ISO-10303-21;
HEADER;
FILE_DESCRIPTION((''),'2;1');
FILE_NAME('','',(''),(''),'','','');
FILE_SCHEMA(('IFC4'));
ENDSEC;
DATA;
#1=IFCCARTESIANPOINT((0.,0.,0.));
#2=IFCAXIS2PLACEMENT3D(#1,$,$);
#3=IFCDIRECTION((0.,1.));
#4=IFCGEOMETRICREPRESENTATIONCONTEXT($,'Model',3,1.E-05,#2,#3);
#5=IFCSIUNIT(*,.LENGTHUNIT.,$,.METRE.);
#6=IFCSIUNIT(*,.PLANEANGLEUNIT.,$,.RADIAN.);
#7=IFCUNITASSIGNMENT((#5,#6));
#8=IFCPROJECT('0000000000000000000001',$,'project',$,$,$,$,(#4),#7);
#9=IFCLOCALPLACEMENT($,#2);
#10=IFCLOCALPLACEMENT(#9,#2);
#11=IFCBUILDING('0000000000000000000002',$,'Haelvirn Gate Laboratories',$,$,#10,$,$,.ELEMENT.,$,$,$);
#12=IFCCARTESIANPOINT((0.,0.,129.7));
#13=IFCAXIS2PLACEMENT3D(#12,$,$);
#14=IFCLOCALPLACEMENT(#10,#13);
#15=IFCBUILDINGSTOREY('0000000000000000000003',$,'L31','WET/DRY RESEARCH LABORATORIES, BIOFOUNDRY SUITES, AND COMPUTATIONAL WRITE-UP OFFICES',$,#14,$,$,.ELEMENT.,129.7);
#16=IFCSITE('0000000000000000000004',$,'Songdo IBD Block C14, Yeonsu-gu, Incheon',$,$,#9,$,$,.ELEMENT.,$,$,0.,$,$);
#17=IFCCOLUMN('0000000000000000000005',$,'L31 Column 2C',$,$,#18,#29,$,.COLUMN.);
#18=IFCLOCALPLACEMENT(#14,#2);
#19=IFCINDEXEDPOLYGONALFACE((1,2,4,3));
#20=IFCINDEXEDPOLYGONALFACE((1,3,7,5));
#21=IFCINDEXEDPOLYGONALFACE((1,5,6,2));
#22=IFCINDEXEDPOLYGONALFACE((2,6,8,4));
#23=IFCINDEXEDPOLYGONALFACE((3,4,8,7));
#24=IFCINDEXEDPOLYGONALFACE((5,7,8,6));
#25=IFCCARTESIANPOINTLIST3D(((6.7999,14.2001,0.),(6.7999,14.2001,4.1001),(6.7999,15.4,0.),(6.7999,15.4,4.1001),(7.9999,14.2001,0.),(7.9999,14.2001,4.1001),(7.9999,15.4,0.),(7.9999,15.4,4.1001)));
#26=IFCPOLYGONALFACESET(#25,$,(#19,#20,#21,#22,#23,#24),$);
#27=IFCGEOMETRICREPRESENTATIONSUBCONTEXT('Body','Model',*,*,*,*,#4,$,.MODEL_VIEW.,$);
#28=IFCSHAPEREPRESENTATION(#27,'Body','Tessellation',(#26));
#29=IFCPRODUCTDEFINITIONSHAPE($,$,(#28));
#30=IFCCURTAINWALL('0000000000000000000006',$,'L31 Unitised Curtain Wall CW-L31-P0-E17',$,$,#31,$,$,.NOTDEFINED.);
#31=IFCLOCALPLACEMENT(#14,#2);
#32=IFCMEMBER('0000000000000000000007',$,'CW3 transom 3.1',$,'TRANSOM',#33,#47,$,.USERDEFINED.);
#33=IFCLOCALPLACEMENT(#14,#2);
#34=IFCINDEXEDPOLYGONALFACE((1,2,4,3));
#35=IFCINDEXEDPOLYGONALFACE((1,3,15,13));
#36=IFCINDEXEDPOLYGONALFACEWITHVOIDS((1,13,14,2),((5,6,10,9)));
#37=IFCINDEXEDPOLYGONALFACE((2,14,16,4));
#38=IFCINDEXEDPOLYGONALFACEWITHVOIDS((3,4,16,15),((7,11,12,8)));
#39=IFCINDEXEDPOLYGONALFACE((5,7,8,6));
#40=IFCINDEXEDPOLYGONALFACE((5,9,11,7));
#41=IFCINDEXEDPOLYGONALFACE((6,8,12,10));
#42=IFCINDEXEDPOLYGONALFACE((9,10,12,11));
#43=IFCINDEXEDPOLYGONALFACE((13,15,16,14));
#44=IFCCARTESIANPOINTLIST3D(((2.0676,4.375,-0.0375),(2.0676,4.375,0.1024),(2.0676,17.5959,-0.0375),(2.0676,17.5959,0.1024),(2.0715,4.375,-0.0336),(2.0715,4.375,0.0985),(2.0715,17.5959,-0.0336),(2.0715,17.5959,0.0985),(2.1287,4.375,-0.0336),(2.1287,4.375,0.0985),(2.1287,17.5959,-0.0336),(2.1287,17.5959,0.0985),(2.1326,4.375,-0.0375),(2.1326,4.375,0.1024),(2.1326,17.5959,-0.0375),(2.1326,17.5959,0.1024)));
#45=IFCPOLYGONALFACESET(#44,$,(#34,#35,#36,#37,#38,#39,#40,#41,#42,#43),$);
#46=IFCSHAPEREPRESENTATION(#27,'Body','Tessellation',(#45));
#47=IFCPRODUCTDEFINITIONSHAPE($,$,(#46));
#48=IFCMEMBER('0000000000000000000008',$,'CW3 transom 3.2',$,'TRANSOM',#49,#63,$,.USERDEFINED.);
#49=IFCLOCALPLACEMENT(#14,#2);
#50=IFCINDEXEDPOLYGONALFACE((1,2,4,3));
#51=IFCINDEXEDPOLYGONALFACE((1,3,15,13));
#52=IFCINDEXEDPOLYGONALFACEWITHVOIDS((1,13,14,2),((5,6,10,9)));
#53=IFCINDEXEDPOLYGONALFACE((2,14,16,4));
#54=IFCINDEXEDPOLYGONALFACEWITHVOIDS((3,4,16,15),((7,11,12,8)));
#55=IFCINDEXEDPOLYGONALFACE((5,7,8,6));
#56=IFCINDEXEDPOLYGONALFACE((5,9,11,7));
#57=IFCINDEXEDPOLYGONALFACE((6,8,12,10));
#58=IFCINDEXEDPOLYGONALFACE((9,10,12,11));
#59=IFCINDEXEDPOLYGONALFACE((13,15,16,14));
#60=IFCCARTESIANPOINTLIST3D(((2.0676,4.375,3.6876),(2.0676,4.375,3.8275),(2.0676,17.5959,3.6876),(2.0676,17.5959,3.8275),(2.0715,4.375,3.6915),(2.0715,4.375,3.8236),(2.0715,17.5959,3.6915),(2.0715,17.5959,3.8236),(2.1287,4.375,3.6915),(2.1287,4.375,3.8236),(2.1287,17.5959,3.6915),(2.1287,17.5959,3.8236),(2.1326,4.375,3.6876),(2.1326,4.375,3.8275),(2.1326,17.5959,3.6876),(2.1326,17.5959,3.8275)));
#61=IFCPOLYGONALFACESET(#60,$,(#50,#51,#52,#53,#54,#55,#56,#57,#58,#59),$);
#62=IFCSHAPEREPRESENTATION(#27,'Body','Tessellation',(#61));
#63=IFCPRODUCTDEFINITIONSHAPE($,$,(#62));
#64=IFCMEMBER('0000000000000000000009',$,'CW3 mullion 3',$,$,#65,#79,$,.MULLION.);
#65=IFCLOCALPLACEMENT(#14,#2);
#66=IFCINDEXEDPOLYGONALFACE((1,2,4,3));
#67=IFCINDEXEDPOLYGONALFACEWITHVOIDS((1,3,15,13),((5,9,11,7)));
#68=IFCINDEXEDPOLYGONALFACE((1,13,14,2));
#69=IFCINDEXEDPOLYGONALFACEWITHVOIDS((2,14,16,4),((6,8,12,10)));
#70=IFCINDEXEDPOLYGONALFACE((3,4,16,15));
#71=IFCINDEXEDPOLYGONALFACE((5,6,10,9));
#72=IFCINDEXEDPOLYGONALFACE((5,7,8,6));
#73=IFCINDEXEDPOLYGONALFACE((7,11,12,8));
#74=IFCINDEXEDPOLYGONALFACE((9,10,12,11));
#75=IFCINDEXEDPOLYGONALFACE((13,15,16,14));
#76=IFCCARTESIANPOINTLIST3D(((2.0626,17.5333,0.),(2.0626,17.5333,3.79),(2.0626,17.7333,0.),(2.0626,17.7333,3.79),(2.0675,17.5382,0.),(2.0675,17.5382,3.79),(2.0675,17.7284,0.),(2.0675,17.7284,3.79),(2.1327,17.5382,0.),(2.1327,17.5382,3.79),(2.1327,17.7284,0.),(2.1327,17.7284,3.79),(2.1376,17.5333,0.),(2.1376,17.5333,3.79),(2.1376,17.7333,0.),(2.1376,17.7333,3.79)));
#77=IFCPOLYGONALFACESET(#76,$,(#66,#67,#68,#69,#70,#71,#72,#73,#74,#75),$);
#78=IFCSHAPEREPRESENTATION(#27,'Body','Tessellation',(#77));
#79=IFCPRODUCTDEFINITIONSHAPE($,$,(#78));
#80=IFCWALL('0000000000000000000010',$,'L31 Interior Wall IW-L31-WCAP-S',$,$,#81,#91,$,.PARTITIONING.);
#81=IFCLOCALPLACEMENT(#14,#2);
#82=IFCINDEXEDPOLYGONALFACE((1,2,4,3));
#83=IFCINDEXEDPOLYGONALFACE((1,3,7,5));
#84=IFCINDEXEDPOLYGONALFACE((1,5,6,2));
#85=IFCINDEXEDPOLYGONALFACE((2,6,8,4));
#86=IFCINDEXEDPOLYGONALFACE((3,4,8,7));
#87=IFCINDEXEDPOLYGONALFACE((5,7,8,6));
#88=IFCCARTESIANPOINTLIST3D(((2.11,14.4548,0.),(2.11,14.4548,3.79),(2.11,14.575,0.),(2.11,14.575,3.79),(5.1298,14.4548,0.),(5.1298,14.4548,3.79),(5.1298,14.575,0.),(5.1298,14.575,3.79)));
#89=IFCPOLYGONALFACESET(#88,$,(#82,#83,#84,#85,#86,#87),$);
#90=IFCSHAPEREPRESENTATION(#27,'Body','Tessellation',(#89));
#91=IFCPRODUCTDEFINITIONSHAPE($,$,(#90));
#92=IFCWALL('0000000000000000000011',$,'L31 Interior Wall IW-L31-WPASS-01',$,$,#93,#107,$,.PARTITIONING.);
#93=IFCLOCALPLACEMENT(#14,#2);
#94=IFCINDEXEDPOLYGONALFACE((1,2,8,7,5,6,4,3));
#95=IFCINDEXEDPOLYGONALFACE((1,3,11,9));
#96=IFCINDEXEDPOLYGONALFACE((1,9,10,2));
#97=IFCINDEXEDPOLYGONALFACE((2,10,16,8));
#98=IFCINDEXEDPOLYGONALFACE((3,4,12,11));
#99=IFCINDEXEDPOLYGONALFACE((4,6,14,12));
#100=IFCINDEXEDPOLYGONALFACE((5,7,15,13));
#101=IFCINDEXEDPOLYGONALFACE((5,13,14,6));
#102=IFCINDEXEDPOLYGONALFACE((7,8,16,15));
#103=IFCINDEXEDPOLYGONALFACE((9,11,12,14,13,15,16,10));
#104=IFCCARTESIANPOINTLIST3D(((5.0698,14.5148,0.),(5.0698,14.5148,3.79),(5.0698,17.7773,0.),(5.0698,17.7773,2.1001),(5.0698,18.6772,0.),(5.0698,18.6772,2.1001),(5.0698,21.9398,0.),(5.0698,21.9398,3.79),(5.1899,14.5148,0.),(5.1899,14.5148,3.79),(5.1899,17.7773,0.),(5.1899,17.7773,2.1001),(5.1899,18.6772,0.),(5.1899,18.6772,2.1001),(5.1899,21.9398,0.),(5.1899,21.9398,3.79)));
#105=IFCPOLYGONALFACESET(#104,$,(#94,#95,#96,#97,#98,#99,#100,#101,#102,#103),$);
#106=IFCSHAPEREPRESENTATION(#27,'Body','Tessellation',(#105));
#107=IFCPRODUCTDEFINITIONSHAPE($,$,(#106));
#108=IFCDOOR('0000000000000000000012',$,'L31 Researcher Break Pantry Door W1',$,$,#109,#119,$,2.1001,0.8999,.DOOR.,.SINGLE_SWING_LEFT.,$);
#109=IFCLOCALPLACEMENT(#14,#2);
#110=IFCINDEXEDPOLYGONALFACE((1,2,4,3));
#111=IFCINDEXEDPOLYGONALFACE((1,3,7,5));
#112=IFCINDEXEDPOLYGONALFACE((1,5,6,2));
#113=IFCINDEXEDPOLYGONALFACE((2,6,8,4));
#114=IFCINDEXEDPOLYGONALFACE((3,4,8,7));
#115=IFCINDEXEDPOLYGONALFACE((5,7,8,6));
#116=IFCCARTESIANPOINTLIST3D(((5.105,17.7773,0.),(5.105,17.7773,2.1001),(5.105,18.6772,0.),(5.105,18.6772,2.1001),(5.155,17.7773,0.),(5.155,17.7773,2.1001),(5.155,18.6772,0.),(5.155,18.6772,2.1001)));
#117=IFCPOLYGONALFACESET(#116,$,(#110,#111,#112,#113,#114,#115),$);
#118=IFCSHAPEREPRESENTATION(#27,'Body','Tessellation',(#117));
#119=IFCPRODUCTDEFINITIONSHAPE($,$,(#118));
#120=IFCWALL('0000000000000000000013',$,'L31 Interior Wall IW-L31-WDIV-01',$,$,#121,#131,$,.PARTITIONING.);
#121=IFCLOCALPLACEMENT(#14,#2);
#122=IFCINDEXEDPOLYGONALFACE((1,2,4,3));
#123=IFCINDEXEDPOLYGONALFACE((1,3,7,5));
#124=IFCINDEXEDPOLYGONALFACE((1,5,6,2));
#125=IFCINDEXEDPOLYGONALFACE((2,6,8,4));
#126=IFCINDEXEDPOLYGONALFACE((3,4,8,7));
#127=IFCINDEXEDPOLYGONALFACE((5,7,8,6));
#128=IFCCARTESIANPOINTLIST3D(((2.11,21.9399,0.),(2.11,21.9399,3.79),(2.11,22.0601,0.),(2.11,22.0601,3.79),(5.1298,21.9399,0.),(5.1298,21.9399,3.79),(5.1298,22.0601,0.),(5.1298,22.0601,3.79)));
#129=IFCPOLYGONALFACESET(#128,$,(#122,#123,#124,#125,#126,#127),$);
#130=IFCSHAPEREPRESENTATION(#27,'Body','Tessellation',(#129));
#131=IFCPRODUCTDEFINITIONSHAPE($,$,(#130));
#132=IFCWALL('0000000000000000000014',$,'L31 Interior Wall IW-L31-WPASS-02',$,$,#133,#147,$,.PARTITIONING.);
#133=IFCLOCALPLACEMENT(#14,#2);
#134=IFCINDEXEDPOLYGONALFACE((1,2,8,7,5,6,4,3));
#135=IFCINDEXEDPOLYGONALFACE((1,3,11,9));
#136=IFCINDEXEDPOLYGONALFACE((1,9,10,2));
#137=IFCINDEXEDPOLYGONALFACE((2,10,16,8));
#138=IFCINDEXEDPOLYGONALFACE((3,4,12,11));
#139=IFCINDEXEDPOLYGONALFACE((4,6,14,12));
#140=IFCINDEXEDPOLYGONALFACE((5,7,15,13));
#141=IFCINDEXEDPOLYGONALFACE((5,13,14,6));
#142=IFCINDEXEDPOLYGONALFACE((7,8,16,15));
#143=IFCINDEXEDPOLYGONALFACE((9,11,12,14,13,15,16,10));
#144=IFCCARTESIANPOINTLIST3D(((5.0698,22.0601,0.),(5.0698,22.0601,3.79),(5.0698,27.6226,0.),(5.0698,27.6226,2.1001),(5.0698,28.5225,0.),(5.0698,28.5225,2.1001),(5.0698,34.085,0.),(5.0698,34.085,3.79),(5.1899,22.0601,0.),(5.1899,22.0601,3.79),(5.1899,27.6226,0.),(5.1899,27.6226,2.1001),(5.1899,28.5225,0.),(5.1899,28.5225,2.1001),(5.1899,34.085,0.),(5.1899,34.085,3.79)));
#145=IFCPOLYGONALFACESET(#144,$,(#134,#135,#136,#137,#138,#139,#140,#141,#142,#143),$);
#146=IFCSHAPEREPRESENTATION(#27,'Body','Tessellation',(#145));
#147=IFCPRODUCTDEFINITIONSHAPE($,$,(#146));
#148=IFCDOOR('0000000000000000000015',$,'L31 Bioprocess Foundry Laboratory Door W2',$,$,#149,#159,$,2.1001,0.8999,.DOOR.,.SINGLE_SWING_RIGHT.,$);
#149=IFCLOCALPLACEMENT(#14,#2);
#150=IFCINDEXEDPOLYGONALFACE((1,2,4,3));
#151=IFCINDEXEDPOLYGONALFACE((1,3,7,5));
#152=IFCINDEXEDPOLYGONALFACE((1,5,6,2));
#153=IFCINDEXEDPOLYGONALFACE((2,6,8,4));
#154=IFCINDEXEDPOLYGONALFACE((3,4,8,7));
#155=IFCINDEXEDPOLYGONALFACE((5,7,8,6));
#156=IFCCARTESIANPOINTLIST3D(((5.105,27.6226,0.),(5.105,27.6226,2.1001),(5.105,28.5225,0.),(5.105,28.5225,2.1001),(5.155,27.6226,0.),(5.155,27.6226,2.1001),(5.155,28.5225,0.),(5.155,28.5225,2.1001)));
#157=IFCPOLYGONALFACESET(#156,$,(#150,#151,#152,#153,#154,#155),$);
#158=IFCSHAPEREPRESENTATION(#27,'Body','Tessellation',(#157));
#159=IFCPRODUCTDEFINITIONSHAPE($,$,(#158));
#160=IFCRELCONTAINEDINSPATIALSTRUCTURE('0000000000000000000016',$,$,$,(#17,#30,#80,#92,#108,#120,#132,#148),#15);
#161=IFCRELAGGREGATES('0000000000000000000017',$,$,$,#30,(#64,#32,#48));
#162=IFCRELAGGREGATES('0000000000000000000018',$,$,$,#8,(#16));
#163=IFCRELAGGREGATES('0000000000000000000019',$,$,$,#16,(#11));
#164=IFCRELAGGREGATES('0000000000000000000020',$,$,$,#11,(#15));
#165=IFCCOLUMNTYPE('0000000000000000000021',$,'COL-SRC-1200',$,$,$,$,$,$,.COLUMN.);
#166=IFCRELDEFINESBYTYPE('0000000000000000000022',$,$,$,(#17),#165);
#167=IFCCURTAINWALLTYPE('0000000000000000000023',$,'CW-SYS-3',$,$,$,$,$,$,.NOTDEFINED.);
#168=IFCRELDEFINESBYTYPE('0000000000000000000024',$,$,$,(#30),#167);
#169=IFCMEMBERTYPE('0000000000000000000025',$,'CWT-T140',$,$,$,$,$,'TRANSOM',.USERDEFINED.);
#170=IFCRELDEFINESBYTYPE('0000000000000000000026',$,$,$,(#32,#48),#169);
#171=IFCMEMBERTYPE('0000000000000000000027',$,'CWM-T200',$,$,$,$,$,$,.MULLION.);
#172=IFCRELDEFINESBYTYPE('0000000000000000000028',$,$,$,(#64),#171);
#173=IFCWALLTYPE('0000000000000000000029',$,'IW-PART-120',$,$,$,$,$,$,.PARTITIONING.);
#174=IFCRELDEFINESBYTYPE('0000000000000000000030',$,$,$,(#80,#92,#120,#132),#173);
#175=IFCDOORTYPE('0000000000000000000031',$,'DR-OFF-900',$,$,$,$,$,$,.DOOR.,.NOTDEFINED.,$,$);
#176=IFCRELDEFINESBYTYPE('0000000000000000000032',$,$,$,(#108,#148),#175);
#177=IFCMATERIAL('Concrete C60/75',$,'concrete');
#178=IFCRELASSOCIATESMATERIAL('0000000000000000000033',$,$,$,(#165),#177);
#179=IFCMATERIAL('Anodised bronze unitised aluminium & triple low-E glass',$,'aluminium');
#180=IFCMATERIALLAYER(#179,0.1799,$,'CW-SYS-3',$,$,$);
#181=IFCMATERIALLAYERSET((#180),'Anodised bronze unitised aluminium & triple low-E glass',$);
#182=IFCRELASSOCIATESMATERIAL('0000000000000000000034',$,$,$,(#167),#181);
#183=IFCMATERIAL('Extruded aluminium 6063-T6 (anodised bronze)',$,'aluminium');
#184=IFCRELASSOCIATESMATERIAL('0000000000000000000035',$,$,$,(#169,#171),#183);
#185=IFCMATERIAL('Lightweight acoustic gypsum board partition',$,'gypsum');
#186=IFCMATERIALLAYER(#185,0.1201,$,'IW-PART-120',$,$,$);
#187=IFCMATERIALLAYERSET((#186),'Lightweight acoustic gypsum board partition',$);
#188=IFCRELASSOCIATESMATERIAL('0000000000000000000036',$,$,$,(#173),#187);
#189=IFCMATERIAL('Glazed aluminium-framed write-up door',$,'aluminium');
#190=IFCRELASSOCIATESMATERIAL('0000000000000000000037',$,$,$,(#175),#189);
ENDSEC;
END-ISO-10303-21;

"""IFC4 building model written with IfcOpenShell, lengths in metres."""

from ifc_helpers import new_model, si_unit, direction, frame, frame_2d, origin, origin_2d, place, context, subcontext, project, spatial, rectangle, hollow_rectangle, extrude, source, transform, mapped, material, layer, layer_set, material_profile, profile_set, type_object, type_shapes, element, fill, aggregate, save


model = new_model("IFC4")

# Units and contexts
model_context = context("Model", 3, precision=1e-05, world=origin(), true_north=direction((0.0, 1.0)))
body_context = subcontext(model_context, "Body", "Model", "MODEL_VIEW")
ifc_project = project(units=[si_unit("LENGTHUNIT", "METRE"), si_unit("PLANEANGLEUNIT", "RADIAN")], contexts=[model_context])

# Site, building, storey
site_placement = place(None, origin())
site = spatial("IfcSite", under=ifc_project, at=site_placement, Name="Songdo IBD Block C14, Yeonsu-gu, Incheon", CompositionType="ELEMENT", RefElevation=0.0)
building_placement = place(site_placement, origin())
building = spatial("IfcBuilding", under=site, at=building_placement, Name="Haelvirn Gate Laboratories", CompositionType="ELEMENT")
storey_placement = place(building_placement, frame((0.0, 0.0, 129.7)))
storey = spatial("IfcBuildingStorey", under=building, at=storey_placement, Name="L31", Description="WET/DRY RESEARCH LABORATORIES, BIOFOUNDRY SUITES, AND COMPUTATIONAL WRITE-UP OFFICES", CompositionType="ELEMENT", Elevation=129.7)

# Column
ifc_material_1 = material(Name="Concrete C60/75", Category="concrete")
ifc_material_profile_1 = material_profile(ifc_material_1, rectangle(XDim=1.2, YDim=1.2, at=origin_2d()), Name="SRC-1200x1200")
ifc_profile_set_1 = profile_set([ifc_material_profile_1], Name="Concrete C60/75")
column_type = type_object("IfcColumnType", Name="COL-SRC-1200", PredefinedType="COLUMN", material=ifc_profile_set_1)
shared_shape_1 = source(origin(), body_context, "Body", "SweptSolid", [
    extrude(rectangle(XDim=1.2, YDim=1.2, at=origin_2d()), origin(), (0.0, 0.0, 1.0), 4.1001),
])
type_shapes(column_type, [shared_shape_1])
column_placement = place(storey_placement, frame((7.3999, 14.8, 0.0), z_axis=(0.0, 0.0, 1.0), x_axis=(1.0, 0.0, 0.0)))
element("IfcColumn", 1, at=column_placement, inside=storey, type_object=column_type, Name="L31 Column 2C", PredefinedType="COLUMN", context=body_context, shape_type="MappedRepresentation", body=[
    mapped(shared_shape_1, transform((0.0, 0.0, 0.0), scale=1.0)),
])

# Curtain wall, members
ifc_material_2 = material(Name="Anodised bronze unitised aluminium & triple low-E glass", Category="aluminium")
ifc_layer_1 = layer(ifc_material_2, 0.1799, Name="CW-SYS-3")
ifc_layer_set_1 = layer_set([ifc_layer_1], Name="Anodised bronze unitised aluminium & triple low-E glass")
curtain_wall_type = type_object("IfcCurtainWallType", Name="CW-SYS-3", PredefinedType="NOTDEFINED", material=ifc_layer_set_1)
curtain_wall_placement = place(storey_placement, origin())
curtain_wall = element("IfcCurtainWall", 2, at=curtain_wall_placement, inside=storey, type_object=curtain_wall_type, Name="L31 Unitised Curtain Wall CW-L31-P0-E17", PredefinedType="NOTDEFINED")
ifc_material_3 = material(Name="Extruded aluminium 6063-T6 (anodised bronze)", Category="aluminium")
ifc_material_profile_2 = material_profile(ifc_material_3, hollow_rectangle(XDim=0.0649, YDim=0.1399, WallThickness=0.0039, at=origin_2d()), Name="CWT-140x65x4")
ifc_profile_set_2 = profile_set([ifc_material_profile_2], Name="Extruded aluminium 6063-T6 (anodised bronze)")
member_type_1 = type_object("IfcMemberType", Name="CWT-T140", ElementType="TRANSOM", PredefinedType="USERDEFINED", material=ifc_profile_set_2)
shared_shape_2 = source(origin(), body_context, "Body", "SweptSolid", [
    extrude(hollow_rectangle(XDim=0.0649, YDim=0.1399, WallThickness=0.0039, at=origin_2d()), origin(), (0.0, 0.0, 1.0), 13.2209),
])
type_shapes(member_type_1, [shared_shape_2])
member_1_placement = place(storey_placement, frame((2.1001, 17.5959, 0.0325), z_axis=(0.0, -1.0, 0.0), x_axis=(1.0, 0.0, 0.0)))
member_1 = element("IfcMember", 3, at=member_1_placement, type_object=member_type_1, Name="CW3 transom 3.1", ObjectType="TRANSOM", PredefinedType="USERDEFINED", context=body_context, shape_type="MappedRepresentation", body=[
    mapped(shared_shape_2, transform((0.0, 0.0, 0.0), scale=1.0)),
])
member_2_placement = place(storey_placement, frame((2.1001, 17.5959, 3.7576), z_axis=(0.0, -1.0, 0.0), x_axis=(1.0, 0.0, 0.0)))
member_2 = element("IfcMember", 4, at=member_2_placement, type_object=member_type_1, Name="CW3 transom 3.2", ObjectType="TRANSOM", PredefinedType="USERDEFINED", context=body_context, shape_type="MappedRepresentation", body=[
    mapped(shared_shape_2, transform((0.0, 0.0, 0.0), scale=1.0)),
])
ifc_material_profile_3 = material_profile(ifc_material_3, hollow_rectangle(XDim=0.075, YDim=0.2, WallThickness=0.0049, at=origin_2d()), Name="CWM-200x75x5")
ifc_profile_set_3 = profile_set([ifc_material_profile_3], Name="Extruded aluminium 6063-T6 (anodised bronze)")
member_type_2 = type_object("IfcMemberType", Name="CWM-T200", PredefinedType="MULLION", material=ifc_profile_set_3)
shared_shape_3 = source(origin(), body_context, "Body", "SweptSolid", [
    extrude(hollow_rectangle(XDim=0.075, YDim=0.2, WallThickness=0.0049, at=origin_2d()), origin(), (0.0, 0.0, 1.0), 3.79),
])
type_shapes(member_type_2, [shared_shape_3])
member_3_placement = place(storey_placement, frame((2.1001, 17.6333, 0.0), z_axis=(0.0, 0.0, 1.0), x_axis=(1.0, 0.0, 0.0)))
member_3 = element("IfcMember", 5, at=member_3_placement, type_object=member_type_2, Name="CW3 mullion 3", PredefinedType="MULLION", context=body_context, shape_type="MappedRepresentation", body=[
    mapped(shared_shape_3, transform((0.0, 0.0, 0.0), scale=1.0)),
])
aggregate(curtain_wall, [member_3, member_1, member_2])

# Wall
ifc_material_4 = material(Name="Lightweight acoustic gypsum board partition", Category="gypsum")
ifc_layer_2 = layer(ifc_material_4, 0.1201, Name="IW-PART-120")
ifc_layer_set_2 = layer_set([ifc_layer_2], Name="Lightweight acoustic gypsum board partition")
wall_type_1 = type_object("IfcWallType", Name="IW-PART-120", PredefinedType="PARTITIONING", material=ifc_layer_set_2)
wall_1_placement = place(storey_placement, frame((2.1101, 14.5149, 0.0), z_axis=(0.0, 0.0, 1.0), x_axis=(1.0, 0.0, 0.0)))
element("IfcWall", 6, at=wall_1_placement, inside=storey, type_object=wall_type_1, Name="L31 Interior Wall IW-L31-WCAP-S", PredefinedType="PARTITIONING", context=body_context, shape_type="SweptSolid", body=[
    extrude(rectangle(XDim=3.0198, YDim=0.1201, at=frame_2d((1.5098, 0.0))), origin(), (0.0, 0.0, 1.0), 3.79),
])

# Wall, opening, door
wall_2_placement = place(storey_placement, frame((5.1299, 14.5149, 0.0), z_axis=(0.0, 0.0, 1.0), x_axis=(0.0, 1.0, 0.0)))
wall_2 = element("IfcWall", 7, at=wall_2_placement, inside=storey, type_object=wall_type_1, Name="L31 Interior Wall IW-L31-WPASS-01", PredefinedType="PARTITIONING", context=body_context, shape_type="SweptSolid", body=[
    extrude(rectangle(XDim=7.425, YDim=0.1201, at=frame_2d((3.7124, 0.0))), origin(), (0.0, 0.0, 1.0), 3.79),
])
opening_1_placement = place(wall_2_placement, frame((3.2625, 0.0, 0.0)))
opening_1 = element("IfcOpeningElement", 8, at=opening_1_placement, cuts=wall_2, PredefinedType="OPENING", context=body_context, shape_type="SweptSolid", body=[
    extrude(rectangle(XDim=0.8999, YDim=2.1001, at=frame_2d((0.45, 1.05))), frame((0.0, 0.0701, 0.0), z_axis=(0.0, -1.0, 0.0), x_axis=(1.0, 0.0, 0.0)), (0.0, 0.0, 1.0), 0.1401),
])
ifc_material_5 = material(Name="Glazed aluminium-framed write-up door", Category="aluminium")
door_type_1 = type_object("IfcDoorType", Name="DR-OFF-900", OperationType="NOTDEFINED", PredefinedType="DOOR", material=ifc_material_5)
shared_shape_4 = source(origin(), body_context, "Body", "SweptSolid", [
    extrude(rectangle(XDim=0.8999, YDim=2.1001, at=frame_2d((0.45, 1.05))), frame((0.0, 0.0249, 0.0), z_axis=(0.0, -1.0, 0.0), x_axis=(1.0, 0.0, 0.0)), (0.0, 0.0, 1.0), 0.05),
])
type_shapes(door_type_1, [shared_shape_4])
door_1_placement = place(opening_1_placement, origin())
door_1 = element("IfcDoor", 9, at=door_1_placement, inside=storey, type_object=door_type_1, Name="L31 Researcher Break Pantry Door W1", OperationType="SINGLE_SWING_LEFT", OverallHeight=2.1001, OverallWidth=0.8999, PredefinedType="DOOR", context=body_context, shape_type="MappedRepresentation", body=[
    mapped(shared_shape_4, transform((0.0, 0.0, 0.0), scale=1.0)),
])
fill(opening_1, door_1)

# Wall
wall_3_placement = place(storey_placement, frame((2.1101, 22.0, 0.0), z_axis=(0.0, 0.0, 1.0), x_axis=(1.0, 0.0, 0.0)))
element("IfcWall", 10, at=wall_3_placement, inside=storey, type_object=wall_type_1, Name="L31 Interior Wall IW-L31-WDIV-01", PredefinedType="PARTITIONING", context=body_context, shape_type="SweptSolid", body=[
    extrude(rectangle(XDim=3.0198, YDim=0.1201, at=frame_2d((1.5098, 0.0))), origin(), (0.0, 0.0, 1.0), 3.79),
])

# Wall, opening, door
wall_4_placement = place(storey_placement, frame((5.1299, 22.0601, 0.0), z_axis=(0.0, 0.0, 1.0), x_axis=(0.0, 1.0, 0.0)))
wall_4 = element("IfcWall", 11, at=wall_4_placement, inside=storey, type_object=wall_type_1, Name="L31 Interior Wall IW-L31-WPASS-02", PredefinedType="PARTITIONING", context=body_context, shape_type="SweptSolid", body=[
    extrude(rectangle(XDim=12.0249, YDim=0.1201, at=frame_2d((6.0125, 0.0))), origin(), (0.0, 0.0, 1.0), 3.79),
])
opening_2_placement = place(wall_4_placement, frame((5.5625, 0.0, 0.0)))
opening_2 = element("IfcOpeningElement", 12, at=opening_2_placement, cuts=wall_4, PredefinedType="OPENING", context=body_context, shape_type="SweptSolid", body=[
    extrude(rectangle(XDim=0.8999, YDim=2.1001, at=frame_2d((0.45, 1.05))), frame((0.0, 0.0701, 0.0), z_axis=(0.0, -1.0, 0.0), x_axis=(1.0, 0.0, 0.0)), (0.0, 0.0, 1.0), 0.1401),
])
door_2_placement = place(opening_2_placement, origin())
door_2 = element("IfcDoor", 13, at=door_2_placement, inside=storey, type_object=door_type_1, Name="L31 Bioprocess Foundry Laboratory Door W2", OperationType="SINGLE_SWING_RIGHT", OverallHeight=2.1001, OverallWidth=0.8999, PredefinedType="DOOR", context=body_context, shape_type="MappedRepresentation", body=[
    mapped(shared_shape_4, transform((0.0, 0.0, 0.0), scale=1.0)),
])
fill(opening_2, door_2)

save(model, "model.ifc")
